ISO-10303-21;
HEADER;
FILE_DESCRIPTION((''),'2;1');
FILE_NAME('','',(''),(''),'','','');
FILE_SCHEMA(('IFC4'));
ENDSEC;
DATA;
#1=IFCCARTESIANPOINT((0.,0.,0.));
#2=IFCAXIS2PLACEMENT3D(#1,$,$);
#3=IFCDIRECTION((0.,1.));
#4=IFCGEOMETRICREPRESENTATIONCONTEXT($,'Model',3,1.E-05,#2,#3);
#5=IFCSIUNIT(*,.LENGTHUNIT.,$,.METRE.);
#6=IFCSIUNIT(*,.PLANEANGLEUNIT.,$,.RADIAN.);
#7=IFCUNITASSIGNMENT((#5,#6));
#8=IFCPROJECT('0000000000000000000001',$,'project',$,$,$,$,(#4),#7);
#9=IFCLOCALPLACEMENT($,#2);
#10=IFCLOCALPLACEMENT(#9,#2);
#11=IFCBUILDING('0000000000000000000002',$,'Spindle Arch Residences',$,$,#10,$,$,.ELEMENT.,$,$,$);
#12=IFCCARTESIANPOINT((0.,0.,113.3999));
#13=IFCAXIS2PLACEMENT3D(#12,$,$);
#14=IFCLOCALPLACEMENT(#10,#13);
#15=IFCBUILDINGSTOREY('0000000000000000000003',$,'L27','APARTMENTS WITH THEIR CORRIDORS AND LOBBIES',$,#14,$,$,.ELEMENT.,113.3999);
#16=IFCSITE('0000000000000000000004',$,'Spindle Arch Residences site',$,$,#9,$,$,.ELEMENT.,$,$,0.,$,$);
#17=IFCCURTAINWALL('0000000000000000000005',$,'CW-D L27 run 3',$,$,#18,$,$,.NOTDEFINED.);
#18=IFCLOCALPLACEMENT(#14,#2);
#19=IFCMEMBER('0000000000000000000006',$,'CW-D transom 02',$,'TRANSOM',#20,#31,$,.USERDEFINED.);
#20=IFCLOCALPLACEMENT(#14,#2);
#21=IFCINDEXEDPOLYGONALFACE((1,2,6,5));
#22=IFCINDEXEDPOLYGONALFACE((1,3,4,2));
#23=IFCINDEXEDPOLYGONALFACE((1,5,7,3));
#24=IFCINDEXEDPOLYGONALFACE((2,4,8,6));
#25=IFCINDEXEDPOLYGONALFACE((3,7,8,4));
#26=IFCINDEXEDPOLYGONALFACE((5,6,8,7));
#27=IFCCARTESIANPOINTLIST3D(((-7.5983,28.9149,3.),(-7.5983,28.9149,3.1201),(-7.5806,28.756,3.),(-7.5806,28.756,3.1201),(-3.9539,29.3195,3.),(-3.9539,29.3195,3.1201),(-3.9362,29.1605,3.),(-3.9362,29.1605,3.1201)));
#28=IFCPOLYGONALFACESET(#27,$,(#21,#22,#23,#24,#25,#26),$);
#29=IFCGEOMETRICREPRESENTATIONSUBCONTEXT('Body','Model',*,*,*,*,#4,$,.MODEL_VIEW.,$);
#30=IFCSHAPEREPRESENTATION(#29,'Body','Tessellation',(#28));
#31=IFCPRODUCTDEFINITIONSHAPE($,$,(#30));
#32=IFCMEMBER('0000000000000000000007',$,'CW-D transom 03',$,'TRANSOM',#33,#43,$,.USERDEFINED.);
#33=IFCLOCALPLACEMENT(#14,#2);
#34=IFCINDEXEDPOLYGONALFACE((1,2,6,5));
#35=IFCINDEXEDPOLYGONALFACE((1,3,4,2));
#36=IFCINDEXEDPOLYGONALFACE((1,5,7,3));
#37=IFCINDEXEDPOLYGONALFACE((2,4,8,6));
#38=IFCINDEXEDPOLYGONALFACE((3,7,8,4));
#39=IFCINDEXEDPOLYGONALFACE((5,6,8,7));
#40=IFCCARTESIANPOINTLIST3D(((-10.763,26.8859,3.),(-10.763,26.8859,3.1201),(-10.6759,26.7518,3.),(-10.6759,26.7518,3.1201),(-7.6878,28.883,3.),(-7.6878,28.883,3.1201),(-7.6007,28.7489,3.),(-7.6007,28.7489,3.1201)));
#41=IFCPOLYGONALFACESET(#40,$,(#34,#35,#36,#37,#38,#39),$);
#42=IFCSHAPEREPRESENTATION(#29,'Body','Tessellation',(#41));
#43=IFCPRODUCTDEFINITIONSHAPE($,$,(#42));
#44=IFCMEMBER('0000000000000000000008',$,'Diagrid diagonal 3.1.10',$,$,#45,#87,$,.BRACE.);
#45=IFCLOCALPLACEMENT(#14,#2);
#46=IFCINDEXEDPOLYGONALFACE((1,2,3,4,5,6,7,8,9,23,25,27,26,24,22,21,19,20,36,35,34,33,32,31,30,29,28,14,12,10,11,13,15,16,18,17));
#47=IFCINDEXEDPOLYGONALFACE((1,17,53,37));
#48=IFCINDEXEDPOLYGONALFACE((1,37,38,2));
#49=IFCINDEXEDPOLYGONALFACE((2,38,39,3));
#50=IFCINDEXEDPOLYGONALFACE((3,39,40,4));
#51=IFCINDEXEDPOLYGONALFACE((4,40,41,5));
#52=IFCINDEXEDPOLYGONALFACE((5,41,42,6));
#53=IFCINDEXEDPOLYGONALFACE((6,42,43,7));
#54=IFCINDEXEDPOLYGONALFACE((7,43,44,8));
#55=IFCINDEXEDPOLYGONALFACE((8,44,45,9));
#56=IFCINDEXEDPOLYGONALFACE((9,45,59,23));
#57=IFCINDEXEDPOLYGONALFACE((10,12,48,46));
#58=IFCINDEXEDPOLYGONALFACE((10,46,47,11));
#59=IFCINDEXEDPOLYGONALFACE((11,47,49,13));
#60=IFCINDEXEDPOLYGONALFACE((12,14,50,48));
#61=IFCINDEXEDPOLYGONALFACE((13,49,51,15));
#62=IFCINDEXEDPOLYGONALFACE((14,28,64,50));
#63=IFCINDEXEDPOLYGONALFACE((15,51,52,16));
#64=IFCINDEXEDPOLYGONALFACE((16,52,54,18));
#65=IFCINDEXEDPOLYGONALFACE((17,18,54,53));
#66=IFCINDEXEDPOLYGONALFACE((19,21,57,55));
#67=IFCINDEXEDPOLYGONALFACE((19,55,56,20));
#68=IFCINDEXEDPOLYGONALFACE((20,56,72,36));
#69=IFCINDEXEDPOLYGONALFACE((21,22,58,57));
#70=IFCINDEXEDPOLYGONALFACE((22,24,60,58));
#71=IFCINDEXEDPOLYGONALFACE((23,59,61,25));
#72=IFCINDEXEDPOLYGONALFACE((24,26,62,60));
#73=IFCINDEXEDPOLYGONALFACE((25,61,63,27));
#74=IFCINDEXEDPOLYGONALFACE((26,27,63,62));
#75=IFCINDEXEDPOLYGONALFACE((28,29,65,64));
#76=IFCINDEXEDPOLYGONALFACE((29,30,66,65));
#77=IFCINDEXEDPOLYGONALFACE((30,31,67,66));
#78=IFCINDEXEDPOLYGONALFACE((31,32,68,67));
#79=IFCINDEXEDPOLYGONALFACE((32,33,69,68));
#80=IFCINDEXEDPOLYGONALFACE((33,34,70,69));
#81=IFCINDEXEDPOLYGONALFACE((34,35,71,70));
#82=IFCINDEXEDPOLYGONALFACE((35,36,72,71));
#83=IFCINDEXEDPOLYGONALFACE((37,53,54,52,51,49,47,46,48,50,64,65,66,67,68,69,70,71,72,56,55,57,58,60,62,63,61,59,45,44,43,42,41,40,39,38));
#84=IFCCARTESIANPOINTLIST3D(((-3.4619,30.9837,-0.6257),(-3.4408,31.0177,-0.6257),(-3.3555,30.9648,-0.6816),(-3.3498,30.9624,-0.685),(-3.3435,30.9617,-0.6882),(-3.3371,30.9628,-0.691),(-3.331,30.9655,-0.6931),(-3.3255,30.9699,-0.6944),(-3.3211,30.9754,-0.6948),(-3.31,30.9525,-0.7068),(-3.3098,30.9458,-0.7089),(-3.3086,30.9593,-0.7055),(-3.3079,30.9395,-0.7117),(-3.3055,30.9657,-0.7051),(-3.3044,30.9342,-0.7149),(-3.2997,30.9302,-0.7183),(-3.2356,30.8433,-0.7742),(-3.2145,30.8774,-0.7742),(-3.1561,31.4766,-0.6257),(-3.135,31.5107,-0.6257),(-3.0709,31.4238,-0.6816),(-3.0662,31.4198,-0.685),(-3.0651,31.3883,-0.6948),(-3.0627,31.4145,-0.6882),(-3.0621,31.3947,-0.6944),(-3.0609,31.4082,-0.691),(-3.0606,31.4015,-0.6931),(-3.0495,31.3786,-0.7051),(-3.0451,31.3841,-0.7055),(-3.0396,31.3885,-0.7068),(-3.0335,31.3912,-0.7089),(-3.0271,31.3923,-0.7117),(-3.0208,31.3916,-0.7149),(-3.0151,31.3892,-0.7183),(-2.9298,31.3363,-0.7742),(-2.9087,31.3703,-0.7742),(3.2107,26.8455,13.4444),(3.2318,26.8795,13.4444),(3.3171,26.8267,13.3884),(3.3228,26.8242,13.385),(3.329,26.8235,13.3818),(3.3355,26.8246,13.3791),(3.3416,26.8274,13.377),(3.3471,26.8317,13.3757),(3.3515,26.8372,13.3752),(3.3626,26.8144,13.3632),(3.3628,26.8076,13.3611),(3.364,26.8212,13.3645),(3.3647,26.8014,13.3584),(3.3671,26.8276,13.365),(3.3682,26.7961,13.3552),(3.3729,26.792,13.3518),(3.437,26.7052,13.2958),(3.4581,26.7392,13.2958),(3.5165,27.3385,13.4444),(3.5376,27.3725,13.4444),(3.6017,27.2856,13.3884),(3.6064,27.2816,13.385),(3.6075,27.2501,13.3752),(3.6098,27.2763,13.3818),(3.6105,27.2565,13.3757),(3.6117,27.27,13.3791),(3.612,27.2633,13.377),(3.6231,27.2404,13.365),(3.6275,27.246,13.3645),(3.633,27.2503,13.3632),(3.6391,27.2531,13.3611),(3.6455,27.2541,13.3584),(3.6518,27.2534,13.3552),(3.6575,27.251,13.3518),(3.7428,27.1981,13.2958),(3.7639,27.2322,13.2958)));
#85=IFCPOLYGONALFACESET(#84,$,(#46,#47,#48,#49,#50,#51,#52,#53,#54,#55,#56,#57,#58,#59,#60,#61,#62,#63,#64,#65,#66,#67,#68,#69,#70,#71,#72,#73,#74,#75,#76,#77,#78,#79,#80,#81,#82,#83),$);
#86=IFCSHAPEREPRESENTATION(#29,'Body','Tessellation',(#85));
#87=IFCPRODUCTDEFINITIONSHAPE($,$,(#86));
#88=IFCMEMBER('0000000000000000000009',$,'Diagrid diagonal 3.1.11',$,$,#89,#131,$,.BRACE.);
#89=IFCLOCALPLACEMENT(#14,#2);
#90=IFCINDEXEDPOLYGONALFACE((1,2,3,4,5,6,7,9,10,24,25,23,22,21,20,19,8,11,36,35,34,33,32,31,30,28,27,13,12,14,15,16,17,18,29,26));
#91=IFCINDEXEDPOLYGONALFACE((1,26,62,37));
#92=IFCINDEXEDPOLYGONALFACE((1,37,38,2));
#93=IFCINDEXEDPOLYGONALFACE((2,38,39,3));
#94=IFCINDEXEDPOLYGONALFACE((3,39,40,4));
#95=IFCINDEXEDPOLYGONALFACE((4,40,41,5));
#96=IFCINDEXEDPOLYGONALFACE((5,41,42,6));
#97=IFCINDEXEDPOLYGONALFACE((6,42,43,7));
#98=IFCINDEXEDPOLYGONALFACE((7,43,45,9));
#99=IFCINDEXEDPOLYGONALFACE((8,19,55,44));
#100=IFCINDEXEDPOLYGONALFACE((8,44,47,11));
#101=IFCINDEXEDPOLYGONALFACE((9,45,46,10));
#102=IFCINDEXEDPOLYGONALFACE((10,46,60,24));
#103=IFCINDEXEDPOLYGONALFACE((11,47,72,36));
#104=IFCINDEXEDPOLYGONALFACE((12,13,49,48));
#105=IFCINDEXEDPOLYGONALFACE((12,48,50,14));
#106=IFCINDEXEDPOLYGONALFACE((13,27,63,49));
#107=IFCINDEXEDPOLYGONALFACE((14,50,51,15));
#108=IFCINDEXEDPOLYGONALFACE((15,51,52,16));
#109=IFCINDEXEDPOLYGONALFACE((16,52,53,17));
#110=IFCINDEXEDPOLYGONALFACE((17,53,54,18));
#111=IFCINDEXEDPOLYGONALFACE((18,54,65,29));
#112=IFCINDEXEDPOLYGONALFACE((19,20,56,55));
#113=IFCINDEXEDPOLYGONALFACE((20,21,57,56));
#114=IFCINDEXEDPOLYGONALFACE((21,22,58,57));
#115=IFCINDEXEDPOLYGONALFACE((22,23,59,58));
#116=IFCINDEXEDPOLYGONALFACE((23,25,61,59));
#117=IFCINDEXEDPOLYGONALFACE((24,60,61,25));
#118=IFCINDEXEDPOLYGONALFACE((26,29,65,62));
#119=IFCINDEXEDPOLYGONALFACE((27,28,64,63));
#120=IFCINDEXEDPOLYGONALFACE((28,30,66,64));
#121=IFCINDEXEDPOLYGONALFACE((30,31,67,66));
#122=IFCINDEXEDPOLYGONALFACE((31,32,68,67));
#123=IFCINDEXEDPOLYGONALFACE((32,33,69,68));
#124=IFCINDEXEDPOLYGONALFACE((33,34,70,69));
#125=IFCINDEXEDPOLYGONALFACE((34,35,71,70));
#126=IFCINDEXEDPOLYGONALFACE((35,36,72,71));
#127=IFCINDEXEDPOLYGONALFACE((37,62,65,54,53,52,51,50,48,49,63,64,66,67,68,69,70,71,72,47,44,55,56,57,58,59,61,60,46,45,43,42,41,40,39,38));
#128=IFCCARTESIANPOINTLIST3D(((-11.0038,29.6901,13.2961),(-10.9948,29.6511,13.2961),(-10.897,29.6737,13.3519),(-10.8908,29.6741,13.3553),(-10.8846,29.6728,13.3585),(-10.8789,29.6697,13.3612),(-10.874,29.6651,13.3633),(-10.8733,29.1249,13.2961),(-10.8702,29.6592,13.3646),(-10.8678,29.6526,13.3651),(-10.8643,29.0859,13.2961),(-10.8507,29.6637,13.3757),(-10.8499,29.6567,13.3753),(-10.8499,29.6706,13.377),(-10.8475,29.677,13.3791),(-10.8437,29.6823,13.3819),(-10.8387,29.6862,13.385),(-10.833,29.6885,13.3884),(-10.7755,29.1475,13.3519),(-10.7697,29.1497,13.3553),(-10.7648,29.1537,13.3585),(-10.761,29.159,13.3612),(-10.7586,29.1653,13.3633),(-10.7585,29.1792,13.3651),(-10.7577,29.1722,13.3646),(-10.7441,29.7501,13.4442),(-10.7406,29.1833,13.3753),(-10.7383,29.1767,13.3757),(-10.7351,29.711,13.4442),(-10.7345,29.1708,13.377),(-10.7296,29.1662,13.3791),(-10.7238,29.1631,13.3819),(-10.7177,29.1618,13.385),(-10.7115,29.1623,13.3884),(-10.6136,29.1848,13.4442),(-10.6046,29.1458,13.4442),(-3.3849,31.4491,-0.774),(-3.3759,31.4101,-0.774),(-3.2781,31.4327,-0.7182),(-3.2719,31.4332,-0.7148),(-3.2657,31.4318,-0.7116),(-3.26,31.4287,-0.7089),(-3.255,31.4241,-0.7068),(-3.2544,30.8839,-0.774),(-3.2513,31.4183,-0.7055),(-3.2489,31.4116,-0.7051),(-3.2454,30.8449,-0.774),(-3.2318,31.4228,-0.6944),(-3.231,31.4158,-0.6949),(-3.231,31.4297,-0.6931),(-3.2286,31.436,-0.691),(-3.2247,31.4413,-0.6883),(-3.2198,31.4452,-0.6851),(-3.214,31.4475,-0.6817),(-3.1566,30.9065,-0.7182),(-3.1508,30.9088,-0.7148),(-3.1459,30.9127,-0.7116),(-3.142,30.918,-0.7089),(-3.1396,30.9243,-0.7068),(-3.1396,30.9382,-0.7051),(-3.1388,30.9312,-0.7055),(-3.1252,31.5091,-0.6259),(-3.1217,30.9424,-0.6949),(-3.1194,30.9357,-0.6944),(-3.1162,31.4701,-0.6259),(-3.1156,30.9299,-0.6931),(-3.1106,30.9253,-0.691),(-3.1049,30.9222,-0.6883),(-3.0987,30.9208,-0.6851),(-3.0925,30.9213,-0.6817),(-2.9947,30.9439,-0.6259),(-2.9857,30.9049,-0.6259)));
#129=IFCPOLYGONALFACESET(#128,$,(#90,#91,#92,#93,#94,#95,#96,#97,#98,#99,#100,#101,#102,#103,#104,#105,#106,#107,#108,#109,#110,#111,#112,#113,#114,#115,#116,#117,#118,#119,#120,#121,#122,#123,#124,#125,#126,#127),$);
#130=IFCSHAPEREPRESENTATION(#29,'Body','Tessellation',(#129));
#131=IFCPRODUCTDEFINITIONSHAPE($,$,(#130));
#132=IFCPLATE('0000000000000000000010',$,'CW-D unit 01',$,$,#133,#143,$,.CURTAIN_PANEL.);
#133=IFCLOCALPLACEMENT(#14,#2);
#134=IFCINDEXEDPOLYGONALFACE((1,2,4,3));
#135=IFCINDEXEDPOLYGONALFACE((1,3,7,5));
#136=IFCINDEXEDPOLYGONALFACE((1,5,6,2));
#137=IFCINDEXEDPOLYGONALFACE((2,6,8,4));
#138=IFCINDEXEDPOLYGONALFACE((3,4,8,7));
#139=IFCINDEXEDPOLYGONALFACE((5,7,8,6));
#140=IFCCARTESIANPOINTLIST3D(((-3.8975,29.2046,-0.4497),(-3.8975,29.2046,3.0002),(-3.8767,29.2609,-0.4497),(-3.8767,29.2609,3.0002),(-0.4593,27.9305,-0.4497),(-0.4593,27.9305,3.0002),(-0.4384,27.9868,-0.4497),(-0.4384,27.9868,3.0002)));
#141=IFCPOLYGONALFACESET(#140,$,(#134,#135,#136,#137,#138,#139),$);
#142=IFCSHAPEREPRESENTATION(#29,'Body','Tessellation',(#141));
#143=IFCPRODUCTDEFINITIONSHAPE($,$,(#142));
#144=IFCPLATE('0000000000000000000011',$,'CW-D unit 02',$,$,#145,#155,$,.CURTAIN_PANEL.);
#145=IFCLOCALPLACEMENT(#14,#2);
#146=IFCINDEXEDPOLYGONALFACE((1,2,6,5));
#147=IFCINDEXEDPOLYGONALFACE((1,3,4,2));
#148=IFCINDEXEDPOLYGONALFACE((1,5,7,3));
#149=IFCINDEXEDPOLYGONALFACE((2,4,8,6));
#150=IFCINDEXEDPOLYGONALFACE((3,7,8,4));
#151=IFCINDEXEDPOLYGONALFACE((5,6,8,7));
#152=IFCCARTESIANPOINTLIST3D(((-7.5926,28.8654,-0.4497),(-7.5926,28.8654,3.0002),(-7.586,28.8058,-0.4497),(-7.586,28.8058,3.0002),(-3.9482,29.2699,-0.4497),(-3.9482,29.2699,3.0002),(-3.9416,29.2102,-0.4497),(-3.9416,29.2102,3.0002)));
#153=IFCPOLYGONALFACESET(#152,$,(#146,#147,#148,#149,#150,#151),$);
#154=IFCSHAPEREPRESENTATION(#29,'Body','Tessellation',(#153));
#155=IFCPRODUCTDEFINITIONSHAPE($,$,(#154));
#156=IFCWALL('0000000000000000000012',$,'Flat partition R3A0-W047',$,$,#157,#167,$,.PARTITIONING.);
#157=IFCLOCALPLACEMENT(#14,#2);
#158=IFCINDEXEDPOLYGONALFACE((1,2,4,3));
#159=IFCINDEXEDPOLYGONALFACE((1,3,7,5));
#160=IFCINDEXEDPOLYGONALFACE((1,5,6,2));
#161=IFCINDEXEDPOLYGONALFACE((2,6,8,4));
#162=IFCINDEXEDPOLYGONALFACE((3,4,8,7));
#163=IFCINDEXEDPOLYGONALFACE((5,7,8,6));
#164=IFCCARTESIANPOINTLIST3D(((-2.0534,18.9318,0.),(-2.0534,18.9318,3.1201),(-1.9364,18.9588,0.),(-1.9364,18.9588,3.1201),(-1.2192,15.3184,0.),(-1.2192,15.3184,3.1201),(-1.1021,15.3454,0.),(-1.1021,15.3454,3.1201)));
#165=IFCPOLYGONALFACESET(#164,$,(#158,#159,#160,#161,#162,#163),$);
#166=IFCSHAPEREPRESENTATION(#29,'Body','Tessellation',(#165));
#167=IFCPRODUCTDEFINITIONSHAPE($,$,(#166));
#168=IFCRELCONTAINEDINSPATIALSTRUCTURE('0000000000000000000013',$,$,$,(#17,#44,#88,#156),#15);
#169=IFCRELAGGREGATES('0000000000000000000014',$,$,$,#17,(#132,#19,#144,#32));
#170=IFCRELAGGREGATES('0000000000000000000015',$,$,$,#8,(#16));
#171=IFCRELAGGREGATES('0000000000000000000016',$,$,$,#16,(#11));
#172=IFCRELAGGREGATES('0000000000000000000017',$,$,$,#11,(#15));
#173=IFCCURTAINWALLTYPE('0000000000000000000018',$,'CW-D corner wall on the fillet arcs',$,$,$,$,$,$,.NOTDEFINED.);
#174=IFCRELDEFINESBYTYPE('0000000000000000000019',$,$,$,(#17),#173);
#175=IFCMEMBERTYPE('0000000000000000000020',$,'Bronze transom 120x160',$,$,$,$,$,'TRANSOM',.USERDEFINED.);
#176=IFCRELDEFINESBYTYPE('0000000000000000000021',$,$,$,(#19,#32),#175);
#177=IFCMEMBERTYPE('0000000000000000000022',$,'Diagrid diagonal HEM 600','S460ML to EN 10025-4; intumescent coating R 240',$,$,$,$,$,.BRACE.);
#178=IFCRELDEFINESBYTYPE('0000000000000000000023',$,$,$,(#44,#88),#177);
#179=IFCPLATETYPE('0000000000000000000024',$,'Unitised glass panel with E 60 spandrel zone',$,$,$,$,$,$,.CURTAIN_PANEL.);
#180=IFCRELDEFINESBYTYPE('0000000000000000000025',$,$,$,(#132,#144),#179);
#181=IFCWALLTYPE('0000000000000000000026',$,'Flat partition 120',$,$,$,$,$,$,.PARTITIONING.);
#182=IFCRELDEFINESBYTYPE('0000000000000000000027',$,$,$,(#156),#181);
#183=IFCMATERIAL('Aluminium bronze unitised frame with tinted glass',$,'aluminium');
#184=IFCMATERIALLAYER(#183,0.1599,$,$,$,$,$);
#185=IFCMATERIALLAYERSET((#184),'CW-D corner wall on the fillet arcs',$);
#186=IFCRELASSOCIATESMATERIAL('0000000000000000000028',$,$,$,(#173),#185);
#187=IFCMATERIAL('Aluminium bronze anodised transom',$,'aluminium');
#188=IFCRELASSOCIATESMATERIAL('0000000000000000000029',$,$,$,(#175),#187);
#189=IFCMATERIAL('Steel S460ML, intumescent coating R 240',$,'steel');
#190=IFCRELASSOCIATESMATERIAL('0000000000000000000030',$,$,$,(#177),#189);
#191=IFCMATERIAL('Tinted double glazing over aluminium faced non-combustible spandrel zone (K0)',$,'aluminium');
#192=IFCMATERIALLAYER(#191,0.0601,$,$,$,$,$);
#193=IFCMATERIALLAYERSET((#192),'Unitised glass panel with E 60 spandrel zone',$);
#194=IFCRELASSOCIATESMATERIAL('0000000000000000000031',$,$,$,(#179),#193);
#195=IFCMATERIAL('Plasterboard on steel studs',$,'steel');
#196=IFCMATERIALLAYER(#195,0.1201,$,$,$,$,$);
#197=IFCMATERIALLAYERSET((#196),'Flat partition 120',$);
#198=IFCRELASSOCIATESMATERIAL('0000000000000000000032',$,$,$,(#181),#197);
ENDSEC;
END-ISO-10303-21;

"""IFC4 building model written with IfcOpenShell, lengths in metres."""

from ifc_helpers import new_model, si_unit, direction, frame, frame_2d, origin, origin_2d, place, context, subcontext, project, spatial, rectangle, i_section, extrude, material, layer, layer_set, material_profile, profile_set, type_object, element, aggregate, save


model = new_model("IFC4")

# Units and contexts
model_context = context("Model", 3, precision=1e-05, world=origin(), true_north=direction((0.0, 1.0)))
body_context = subcontext(model_context, "Body", "Model", "MODEL_VIEW")
ifc_project = project(units=[si_unit("LENGTHUNIT", "METRE"), si_unit("PLANEANGLEUNIT", "RADIAN")], contexts=[model_context])

# Site, building, storey
site_placement = place(None, origin())
site = spatial("IfcSite", under=ifc_project, at=site_placement, Name="Spindle Arch Residences site", CompositionType="ELEMENT", RefElevation=0.0)
building_placement = place(site_placement, origin())
building = spatial("IfcBuilding", under=site, at=building_placement, Name="Spindle Arch Residences", CompositionType="ELEMENT")
storey_placement = place(building_placement, frame((0.0, 0.0, 113.3999)))
storey = spatial("IfcBuildingStorey", under=building, at=storey_placement, Name="L27", Description="APARTMENTS WITH THEIR CORRIDORS AND LOBBIES", CompositionType="ELEMENT", Elevation=113.3999)

# Curtain wall, members
ifc_material_1 = material(Name="Aluminium bronze unitised frame with tinted glass", Category="aluminium")
ifc_layer_1 = layer(ifc_material_1, 0.1599)
ifc_layer_set_1 = layer_set([ifc_layer_1], Name="CW-D corner wall on the fillet arcs")
curtain_wall_type = type_object("IfcCurtainWallType", Name="CW-D corner wall on the fillet arcs", PredefinedType="NOTDEFINED", material=ifc_layer_set_1)
curtain_wall_placement = place(storey_placement, origin())
curtain_wall = element("IfcCurtainWall", 1, at=curtain_wall_placement, inside=storey, type_object=curtain_wall_type, Name="CW-D L27 run 3", PredefinedType="NOTDEFINED")
ifc_material_2 = material(Name="Aluminium bronze anodised transom", Category="aluminium")
ifc_material_profile_1 = material_profile(ifc_material_2, rectangle(XDim=0.1599, YDim=0.1201, at=origin_2d()), Name="TR 120x160")
ifc_profile_set_1 = profile_set([ifc_material_profile_1], Name="Aluminium bronze anodised transom")
member_type_1 = type_object("IfcMemberType", Name="Bronze transom 120x160", ElementType="TRANSOM", PredefinedType="USERDEFINED", material=ifc_profile_set_1)
member_1_placement = place(storey_placement, frame((-3.9451, 29.24, 3.0601), z_axis=(-0.993895, -0.110329, 0.0), x_axis=(0.110329, -0.993895, 0.0)))
member_1 = element("IfcMember", 2, at=member_1_placement, type_object=member_type_1, Name="CW-D transom 02", ObjectType="TRANSOM", PredefinedType="USERDEFINED", context=body_context, shape_type="SweptSolid", body=[
    extrude(rectangle(XDim=0.1599, YDim=0.1201, at=origin_2d()), origin(), (0.0, 0.0, 1.0), 3.6667),
])
member_2_placement = place(storey_placement, frame((-7.6443, 28.8159, 3.0601), z_axis=(-0.838669, -0.544642, 0.0), x_axis=(0.544642, -0.838669, 0.0)))
member_2 = element("IfcMember", 3, at=member_2_placement, type_object=member_type_1, Name="CW-D transom 03", ObjectType="TRANSOM", PredefinedType="USERDEFINED", context=body_context, shape_type="SweptSolid", body=[
    extrude(rectangle(XDim=0.1599, YDim=0.1201, at=origin_2d()), origin(), (0.0, 0.0, 1.0), 3.6667),
])

# Members
ifc_material_3 = material(Name="Steel S460ML, intumescent coating R 240", Category="steel")
ifc_material_profile_2 = material_profile(ifc_material_3, i_section(OverallWidth=0.3049, OverallDepth=0.6201, WebThickness=0.021, FlangeThickness=0.04, FilletRadius=0.0271, at=origin_2d()), Name="HEM 600")
ifc_profile_set_2 = profile_set([ifc_material_profile_2], Name="Steel S460ML, intumescent coating R 240")
member_type_2 = type_object("IfcMemberType", Name="Diagrid diagonal HEM 600", Description="S460ML to EN 10025-4; intumescent coating R 240", PredefinedType="BRACE", material=ifc_profile_set_2)
member_3_placement = place(storey_placement, frame((-3.1853, 31.177, -0.7), z_axis=(0.414124, -0.256829, 0.873235), x_axis=(-0.742107, 0.460236, 0.487299)))
element("IfcMember", 4, at=member_3_placement, inside=storey, type_object=member_type_2, Name="Diagrid diagonal 3.1.10", PredefinedType="BRACE", context=body_context, shape_type="SweptSolid", body=[
    extrude(i_section(OverallWidth=0.3049, OverallDepth=0.6201, WebThickness=0.021, FlangeThickness=0.04, FilletRadius=0.0271, at=origin_2d()), origin(), (0.0, 0.0, 1.0), 16.1125),
])
member_4_placement = place(storey_placement, frame((-3.1853, 31.177, -0.7), z_axis=(-0.473316, -0.109278, 0.874088), x_axis=(0.851684, 0.196635, 0.485767)))
element("IfcMember", 5, at=member_4_placement, inside=storey, type_object=member_type_2, Name="Diagrid diagonal 3.1.11", PredefinedType="BRACE", context=body_context, shape_type="SweptSolid", body=[
    extrude(i_section(OverallWidth=0.3049, OverallDepth=0.6201, WebThickness=0.021, FlangeThickness=0.04, FilletRadius=0.0271, at=origin_2d()), origin(), (0.0, 0.0, 1.0), 16.0969),
])

# Plates
ifc_material_4 = material(Name="Tinted double glazing over aluminium faced non-combustible spandrel zone (K0)", Category="aluminium")
ifc_layer_2 = layer(ifc_material_4, 0.0601)
ifc_layer_set_2 = layer_set([ifc_layer_2], Name="Unitised glass panel with E 60 spandrel zone")
plate_type = type_object("IfcPlateType", Name="Unitised glass panel with E 60 spandrel zone", PredefinedType="CURTAIN_PANEL", material=ifc_layer_set_2)
plate_1_placement = place(storey_placement, frame((-2.168, 28.5957, -0.4497), z_axis=(0.0, 0.0, 1.0), x_axis=(-0.937687, 0.347481, 0.0)))
plate_1 = element("IfcPlate", 6, at=plate_1_placement, type_object=plate_type, Name="CW-D unit 01", PredefinedType="CURTAIN_PANEL", context=body_context, shape_type="SweptSolid", body=[
    extrude(rectangle(XDim=3.6667, YDim=0.0601, at=origin_2d()), origin(), (0.0, 0.0, 1.0), 3.45),
])
plate_2_placement = place(storey_placement, frame((-5.7671, 29.0378, -0.4497), z_axis=(0.0, 0.0, 1.0), x_axis=(-0.993897, -0.110313, 0.0)))
plate_2 = element("IfcPlate", 7, at=plate_2_placement, type_object=plate_type, Name="CW-D unit 02", PredefinedType="CURTAIN_PANEL", context=body_context, shape_type="SweptSolid", body=[
    extrude(rectangle(XDim=3.6667, YDim=0.0601, at=origin_2d()), origin(), (0.0, 0.0, 1.0), 3.45),
])
aggregate(curtain_wall, [plate_1, member_1, plate_2, member_2])

# Wall
ifc_material_5 = material(Name="Plasterboard on steel studs", Category="steel")
ifc_layer_3 = layer(ifc_material_5, 0.1201)
ifc_layer_set_3 = layer_set([ifc_layer_3], Name="Flat partition 120")
wall_type_1 = type_object("IfcWallType", Name="Flat partition 120", PredefinedType="PARTITIONING", material=ifc_layer_set_3)
wall_1_placement = place(storey_placement, frame((-1.9949, 18.9453, 0.0), z_axis=(0.0, 0.0, 1.0), x_axis=(0.224946, -0.974371, 0.0)))
element("IfcWall", 8, at=wall_1_placement, inside=storey, type_object=wall_type_1, Name="Flat partition R3A0-W047", PredefinedType="PARTITIONING", context=body_context, shape_type="SweptSolid", body=[
    extrude(rectangle(XDim=3.7085, YDim=0.1201, at=frame_2d((1.8542, 0.0))), origin(), (0.0, 0.0, 1.0), 3.1201),
])

save(model, "model.ifc")
